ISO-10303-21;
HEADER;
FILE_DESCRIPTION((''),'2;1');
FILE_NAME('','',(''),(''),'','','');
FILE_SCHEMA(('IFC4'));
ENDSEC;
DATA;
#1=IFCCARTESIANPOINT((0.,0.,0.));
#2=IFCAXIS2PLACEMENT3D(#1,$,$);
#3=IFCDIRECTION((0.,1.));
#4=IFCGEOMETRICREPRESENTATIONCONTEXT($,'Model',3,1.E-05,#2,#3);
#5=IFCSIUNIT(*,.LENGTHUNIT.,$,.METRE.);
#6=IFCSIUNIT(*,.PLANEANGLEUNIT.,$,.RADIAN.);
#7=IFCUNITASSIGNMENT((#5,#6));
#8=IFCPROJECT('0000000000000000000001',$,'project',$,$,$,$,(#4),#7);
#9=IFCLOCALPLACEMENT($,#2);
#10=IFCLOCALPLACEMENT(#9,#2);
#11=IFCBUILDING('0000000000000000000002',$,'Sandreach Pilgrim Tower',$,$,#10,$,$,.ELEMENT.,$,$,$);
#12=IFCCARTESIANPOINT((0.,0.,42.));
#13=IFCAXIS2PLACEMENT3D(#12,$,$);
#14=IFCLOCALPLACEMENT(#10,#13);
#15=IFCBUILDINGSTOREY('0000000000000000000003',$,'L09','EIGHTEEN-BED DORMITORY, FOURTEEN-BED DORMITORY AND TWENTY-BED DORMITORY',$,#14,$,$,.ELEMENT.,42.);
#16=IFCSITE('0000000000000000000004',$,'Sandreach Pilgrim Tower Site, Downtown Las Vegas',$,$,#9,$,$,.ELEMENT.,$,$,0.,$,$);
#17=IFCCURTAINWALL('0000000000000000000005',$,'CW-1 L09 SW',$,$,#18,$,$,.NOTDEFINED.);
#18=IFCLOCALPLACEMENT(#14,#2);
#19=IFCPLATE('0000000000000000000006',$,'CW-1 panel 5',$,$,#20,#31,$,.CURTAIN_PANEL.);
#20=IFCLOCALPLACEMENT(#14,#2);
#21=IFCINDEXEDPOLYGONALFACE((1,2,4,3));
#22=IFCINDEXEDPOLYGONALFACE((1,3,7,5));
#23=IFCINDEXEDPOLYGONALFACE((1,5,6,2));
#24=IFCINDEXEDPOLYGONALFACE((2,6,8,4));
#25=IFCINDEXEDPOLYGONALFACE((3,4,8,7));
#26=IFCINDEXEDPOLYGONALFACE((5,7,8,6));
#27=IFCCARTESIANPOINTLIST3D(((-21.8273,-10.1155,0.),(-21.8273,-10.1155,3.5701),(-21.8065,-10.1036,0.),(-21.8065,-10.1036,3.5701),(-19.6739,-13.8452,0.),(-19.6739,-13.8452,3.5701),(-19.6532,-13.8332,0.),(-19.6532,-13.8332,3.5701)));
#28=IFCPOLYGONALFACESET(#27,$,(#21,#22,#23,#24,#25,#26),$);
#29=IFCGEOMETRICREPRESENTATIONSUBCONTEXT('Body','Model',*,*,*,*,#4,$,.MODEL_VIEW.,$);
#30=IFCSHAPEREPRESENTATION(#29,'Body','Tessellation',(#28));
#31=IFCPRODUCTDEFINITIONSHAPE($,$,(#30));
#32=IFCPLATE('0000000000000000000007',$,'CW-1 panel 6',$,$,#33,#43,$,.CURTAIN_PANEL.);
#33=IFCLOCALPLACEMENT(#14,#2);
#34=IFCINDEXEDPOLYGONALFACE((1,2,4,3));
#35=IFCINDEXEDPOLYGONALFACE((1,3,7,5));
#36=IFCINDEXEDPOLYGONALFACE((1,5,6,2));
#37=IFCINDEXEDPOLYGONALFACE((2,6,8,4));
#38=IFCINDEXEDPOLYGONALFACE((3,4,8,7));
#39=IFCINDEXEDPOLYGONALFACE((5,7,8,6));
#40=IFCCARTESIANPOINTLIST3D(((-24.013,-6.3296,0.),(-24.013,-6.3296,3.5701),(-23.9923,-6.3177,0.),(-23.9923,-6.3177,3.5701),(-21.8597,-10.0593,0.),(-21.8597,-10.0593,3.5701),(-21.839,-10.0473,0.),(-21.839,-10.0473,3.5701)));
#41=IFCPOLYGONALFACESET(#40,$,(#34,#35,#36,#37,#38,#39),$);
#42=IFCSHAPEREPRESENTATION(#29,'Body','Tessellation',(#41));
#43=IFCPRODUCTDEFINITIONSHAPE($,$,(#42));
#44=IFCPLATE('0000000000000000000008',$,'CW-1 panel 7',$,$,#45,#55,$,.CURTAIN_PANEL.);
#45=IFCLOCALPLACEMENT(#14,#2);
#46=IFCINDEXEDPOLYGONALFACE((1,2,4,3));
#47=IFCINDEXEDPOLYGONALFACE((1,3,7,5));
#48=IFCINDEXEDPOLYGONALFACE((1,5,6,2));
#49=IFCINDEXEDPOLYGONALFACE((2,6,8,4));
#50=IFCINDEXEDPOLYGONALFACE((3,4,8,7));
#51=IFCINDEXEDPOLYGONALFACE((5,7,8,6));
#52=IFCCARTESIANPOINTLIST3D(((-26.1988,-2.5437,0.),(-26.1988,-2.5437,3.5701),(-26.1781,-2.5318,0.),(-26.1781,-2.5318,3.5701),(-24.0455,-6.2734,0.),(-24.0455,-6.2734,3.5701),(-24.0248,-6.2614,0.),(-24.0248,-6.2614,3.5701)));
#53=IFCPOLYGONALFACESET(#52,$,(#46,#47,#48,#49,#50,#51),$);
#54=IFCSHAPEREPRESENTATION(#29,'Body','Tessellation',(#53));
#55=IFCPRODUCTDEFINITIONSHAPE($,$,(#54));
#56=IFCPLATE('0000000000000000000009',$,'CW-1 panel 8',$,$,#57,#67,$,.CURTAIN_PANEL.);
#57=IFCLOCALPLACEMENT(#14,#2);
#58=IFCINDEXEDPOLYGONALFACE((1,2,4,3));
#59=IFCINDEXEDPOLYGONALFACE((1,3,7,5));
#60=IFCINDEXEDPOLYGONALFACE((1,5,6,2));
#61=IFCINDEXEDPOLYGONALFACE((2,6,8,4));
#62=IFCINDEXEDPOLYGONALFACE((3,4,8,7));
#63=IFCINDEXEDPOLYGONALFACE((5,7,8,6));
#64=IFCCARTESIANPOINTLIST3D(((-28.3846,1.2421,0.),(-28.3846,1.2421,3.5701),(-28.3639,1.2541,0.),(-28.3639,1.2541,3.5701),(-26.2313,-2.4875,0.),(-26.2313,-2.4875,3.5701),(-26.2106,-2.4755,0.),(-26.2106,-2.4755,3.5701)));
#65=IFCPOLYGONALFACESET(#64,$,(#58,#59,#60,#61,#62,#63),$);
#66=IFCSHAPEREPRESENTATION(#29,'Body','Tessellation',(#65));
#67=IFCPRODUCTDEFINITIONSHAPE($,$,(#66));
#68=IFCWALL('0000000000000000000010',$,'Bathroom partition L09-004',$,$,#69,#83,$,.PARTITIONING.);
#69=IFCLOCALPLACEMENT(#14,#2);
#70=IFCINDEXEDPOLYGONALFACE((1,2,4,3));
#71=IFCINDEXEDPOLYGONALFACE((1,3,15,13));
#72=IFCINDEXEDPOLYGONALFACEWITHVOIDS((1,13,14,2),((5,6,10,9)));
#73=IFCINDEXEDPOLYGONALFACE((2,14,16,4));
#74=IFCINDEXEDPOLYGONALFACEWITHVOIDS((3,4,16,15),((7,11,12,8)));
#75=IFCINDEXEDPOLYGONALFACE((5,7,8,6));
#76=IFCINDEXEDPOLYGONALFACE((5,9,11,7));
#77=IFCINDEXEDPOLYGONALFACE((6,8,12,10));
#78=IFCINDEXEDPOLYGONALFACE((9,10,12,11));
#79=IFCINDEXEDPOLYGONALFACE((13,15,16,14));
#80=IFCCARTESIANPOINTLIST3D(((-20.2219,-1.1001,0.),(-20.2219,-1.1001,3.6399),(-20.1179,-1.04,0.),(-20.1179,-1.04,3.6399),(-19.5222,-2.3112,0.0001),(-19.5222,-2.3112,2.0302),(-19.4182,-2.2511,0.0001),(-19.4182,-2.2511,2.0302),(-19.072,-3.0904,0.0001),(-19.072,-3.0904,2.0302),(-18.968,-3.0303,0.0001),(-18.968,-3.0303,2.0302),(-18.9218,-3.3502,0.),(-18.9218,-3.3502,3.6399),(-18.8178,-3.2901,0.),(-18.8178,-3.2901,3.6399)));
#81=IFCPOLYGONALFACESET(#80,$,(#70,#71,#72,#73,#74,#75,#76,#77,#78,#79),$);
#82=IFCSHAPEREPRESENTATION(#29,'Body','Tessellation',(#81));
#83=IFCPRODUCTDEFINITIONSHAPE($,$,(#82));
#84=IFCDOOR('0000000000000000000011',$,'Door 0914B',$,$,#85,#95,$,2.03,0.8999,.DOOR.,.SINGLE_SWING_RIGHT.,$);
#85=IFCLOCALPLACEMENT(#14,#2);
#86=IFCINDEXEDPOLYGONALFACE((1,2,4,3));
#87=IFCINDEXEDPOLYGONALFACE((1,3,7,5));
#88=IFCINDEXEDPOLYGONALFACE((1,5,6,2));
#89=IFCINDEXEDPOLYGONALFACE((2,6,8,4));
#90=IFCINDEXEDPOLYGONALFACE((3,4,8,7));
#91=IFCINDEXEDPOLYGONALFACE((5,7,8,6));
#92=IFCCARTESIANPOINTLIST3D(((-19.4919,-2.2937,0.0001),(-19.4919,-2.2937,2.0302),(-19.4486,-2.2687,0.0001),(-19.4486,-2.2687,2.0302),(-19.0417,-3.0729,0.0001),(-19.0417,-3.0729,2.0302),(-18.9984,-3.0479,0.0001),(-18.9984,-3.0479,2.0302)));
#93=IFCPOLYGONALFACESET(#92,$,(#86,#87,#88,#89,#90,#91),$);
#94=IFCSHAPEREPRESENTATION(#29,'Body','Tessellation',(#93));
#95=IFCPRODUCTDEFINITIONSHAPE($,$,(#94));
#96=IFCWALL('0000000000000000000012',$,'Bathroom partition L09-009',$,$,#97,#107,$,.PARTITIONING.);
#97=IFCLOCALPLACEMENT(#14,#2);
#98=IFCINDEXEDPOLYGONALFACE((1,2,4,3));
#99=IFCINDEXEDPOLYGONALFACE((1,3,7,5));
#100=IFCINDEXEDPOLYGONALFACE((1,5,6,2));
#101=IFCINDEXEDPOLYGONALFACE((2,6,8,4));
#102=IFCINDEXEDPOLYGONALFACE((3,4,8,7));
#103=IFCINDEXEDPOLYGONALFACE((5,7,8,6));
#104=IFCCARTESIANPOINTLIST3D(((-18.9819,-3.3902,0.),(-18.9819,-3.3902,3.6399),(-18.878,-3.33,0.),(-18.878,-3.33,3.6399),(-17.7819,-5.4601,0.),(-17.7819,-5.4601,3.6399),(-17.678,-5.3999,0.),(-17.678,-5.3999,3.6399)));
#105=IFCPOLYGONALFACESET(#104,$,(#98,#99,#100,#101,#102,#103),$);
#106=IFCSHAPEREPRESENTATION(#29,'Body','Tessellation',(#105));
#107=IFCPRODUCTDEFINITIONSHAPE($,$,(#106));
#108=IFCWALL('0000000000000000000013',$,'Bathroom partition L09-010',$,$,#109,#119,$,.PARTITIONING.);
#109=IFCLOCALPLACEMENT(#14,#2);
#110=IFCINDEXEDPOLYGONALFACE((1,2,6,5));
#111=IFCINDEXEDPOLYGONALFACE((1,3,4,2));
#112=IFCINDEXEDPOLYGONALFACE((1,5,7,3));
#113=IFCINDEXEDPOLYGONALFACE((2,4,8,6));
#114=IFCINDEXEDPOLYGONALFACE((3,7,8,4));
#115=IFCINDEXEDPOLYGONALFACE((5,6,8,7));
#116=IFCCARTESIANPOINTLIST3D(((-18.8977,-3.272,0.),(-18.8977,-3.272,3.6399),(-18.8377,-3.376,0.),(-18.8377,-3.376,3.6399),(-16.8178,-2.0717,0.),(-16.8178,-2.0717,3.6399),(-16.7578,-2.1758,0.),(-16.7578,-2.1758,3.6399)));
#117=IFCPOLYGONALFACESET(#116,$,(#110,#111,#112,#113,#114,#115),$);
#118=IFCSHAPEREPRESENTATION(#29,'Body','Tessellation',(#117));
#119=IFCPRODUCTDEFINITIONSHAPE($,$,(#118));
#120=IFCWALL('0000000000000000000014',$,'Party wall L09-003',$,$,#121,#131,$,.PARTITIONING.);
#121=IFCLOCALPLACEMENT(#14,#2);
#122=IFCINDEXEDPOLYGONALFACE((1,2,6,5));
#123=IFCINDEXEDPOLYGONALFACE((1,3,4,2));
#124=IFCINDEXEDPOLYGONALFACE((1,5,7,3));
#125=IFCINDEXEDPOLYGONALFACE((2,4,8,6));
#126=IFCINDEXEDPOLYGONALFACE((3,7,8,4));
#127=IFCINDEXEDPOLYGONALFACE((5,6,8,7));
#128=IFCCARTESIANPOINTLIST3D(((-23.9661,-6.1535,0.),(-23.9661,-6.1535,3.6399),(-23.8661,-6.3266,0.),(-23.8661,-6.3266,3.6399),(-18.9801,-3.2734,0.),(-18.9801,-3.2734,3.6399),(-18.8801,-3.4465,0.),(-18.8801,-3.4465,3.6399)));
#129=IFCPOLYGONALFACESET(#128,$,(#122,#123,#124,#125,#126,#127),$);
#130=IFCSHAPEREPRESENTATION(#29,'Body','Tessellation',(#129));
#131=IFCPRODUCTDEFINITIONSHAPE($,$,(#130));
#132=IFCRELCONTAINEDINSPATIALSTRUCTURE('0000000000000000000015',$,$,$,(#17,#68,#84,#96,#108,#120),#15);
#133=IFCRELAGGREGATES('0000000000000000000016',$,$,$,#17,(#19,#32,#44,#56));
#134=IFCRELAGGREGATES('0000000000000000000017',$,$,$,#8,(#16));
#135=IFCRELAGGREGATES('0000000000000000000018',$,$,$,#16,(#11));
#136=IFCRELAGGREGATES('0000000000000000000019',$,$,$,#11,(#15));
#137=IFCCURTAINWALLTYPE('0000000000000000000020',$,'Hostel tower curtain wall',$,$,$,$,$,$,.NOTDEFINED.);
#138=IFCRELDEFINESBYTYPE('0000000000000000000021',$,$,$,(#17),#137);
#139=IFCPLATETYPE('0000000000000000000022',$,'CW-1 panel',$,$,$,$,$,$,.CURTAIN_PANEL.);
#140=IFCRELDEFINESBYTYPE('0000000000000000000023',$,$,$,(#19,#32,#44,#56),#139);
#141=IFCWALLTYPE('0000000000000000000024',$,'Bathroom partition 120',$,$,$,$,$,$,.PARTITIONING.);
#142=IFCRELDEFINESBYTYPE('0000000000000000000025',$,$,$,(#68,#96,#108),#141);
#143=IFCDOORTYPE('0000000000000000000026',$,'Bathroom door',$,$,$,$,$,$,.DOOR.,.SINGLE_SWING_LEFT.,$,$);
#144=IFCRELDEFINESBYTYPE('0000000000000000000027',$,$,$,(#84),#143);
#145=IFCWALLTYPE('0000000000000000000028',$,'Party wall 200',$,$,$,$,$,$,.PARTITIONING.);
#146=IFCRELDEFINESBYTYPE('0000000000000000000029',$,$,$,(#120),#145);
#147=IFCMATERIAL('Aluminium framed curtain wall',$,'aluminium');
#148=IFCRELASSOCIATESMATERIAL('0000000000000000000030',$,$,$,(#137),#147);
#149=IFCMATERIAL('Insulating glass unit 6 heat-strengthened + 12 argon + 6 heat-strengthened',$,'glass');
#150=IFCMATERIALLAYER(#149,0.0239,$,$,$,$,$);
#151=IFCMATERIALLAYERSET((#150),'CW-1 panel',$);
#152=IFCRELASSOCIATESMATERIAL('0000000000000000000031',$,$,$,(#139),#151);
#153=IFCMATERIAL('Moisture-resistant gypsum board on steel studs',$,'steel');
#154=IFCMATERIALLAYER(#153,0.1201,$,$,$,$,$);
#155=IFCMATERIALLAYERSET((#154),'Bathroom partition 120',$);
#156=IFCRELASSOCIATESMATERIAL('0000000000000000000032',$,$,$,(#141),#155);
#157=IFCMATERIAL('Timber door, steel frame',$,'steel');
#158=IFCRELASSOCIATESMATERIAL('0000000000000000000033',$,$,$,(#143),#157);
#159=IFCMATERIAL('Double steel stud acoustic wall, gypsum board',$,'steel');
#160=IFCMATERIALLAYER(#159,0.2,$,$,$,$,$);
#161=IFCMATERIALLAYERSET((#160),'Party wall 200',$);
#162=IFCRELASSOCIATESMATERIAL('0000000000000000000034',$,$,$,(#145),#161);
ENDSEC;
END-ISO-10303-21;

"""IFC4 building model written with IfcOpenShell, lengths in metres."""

from ifc_helpers import new_model, si_unit, direction, frame, frame_2d, origin, origin_2d, place, context, subcontext, project, spatial, rectangle, extrude, material, layer, layer_set, type_object, element, fill, aggregate, save


model = new_model("IFC4")

# Units and contexts
model_context = context("Model", 3, precision=1e-05, world=origin(), true_north=direction((0.0, 1.0)))
body_context = subcontext(model_context, "Body", "Model", "MODEL_VIEW")
ifc_project = project(units=[si_unit("LENGTHUNIT", "METRE"), si_unit("PLANEANGLEUNIT", "RADIAN")], contexts=[model_context])

# Site, building, storey
site_placement = place(None, origin())
site = spatial("IfcSite", under=ifc_project, at=site_placement, Name="Sandreach Pilgrim Tower Site, Downtown Las Vegas", CompositionType="ELEMENT", RefElevation=0.0)
building_placement = place(site_placement, origin())
building = spatial("IfcBuilding", under=site, at=building_placement, Name="Sandreach Pilgrim Tower", CompositionType="ELEMENT")
storey_placement = place(building_placement, frame((0.0, 0.0, 42.0)))
storey = spatial("IfcBuildingStorey", under=building, at=storey_placement, Name="L09", Description="EIGHTEEN-BED DORMITORY, FOURTEEN-BED DORMITORY AND TWENTY-BED DORMITORY", CompositionType="ELEMENT", Elevation=42.0)

# Curtain wall
ifc_material_1 = material(Name="Aluminium framed curtain wall", Category="aluminium")
curtain_wall_type = type_object("IfcCurtainWallType", Name="Hostel tower curtain wall", PredefinedType="NOTDEFINED", material=ifc_material_1)
curtain_wall_placement = place(storey_placement, origin())
curtain_wall = element("IfcCurtainWall", 1, at=curtain_wall_placement, inside=storey, type_object=curtain_wall_type, Name="CW-1 L09 SW", PredefinedType="NOTDEFINED")

# Plates
ifc_material_2 = material(Name="Insulating glass unit 6 heat-strengthened + 12 argon + 6 heat-strengthened", Category="glass")
ifc_layer_1 = layer(ifc_material_2, 0.0239)
ifc_layer_set_1 = layer_set([ifc_layer_1], Name="CW-1 panel")
plate_type = type_object("IfcPlateType", Name="CW-1 panel", PredefinedType="CURTAIN_PANEL", material=ifc_layer_set_1)
plate_1_placement = place(storey_placement, frame((-20.7402, -11.9744, 0.0), z_axis=(0.0, 0.0, 1.0), x_axis=(-0.5, 0.866025, 0.0)))
plate_1 = element("IfcPlate", 2, at=plate_1_placement, type_object=plate_type, Name="CW-1 panel 5", PredefinedType="CURTAIN_PANEL", context=body_context, shape_type="SweptSolid", body=[
    extrude(rectangle(XDim=4.3066, YDim=0.0239, at=origin_2d()), origin(), (0.0, 0.0, 1.0), 3.5701),
])
plate_2_placement = place(storey_placement, frame((-22.926, -8.1885, 0.0), z_axis=(0.0, 0.0, 1.0), x_axis=(-0.5, 0.866025, 0.0)))
plate_2 = element("IfcPlate", 3, at=plate_2_placement, type_object=plate_type, Name="CW-1 panel 6", PredefinedType="CURTAIN_PANEL", context=body_context, shape_type="SweptSolid", body=[
    extrude(rectangle(XDim=4.3066, YDim=0.0239, at=origin_2d()), origin(), (0.0, 0.0, 1.0), 3.5701),
])
plate_3_placement = place(storey_placement, frame((-25.1118, -4.4026, 0.0), z_axis=(0.0, 0.0, 1.0), x_axis=(-0.5, 0.866025, 0.0)))
plate_3 = element("IfcPlate", 4, at=plate_3_placement, type_object=plate_type, Name="CW-1 panel 7", PredefinedType="CURTAIN_PANEL", context=body_context, shape_type="SweptSolid", body=[
    extrude(rectangle(XDim=4.3066, YDim=0.0239, at=origin_2d()), origin(), (0.0, 0.0, 1.0), 3.5701),
])
plate_4_placement = place(storey_placement, frame((-27.2976, -0.6167, 0.0), z_axis=(0.0, 0.0, 1.0), x_axis=(-0.5, 0.866025, 0.0)))
plate_4 = element("IfcPlate", 5, at=plate_4_placement, type_object=plate_type, Name="CW-1 panel 8", PredefinedType="CURTAIN_PANEL", context=body_context, shape_type="SweptSolid", body=[
    extrude(rectangle(XDim=4.3066, YDim=0.0239, at=origin_2d()), origin(), (0.0, 0.0, 1.0), 3.5701),
])
aggregate(curtain_wall, [plate_1, plate_2, plate_3, plate_4])

# Wall, opening, door
ifc_material_3 = material(Name="Moisture-resistant gypsum board on steel studs", Category="steel")
ifc_layer_2 = layer(ifc_material_3, 0.1201)
ifc_layer_set_2 = layer_set([ifc_layer_2], Name="Bathroom partition 120")
wall_type_1 = type_object("IfcWallType", Name="Bathroom partition 120", PredefinedType="PARTITIONING", material=ifc_layer_set_2)
wall_1_placement = place(storey_placement, frame((-20.1699, -1.0701, 0.0), z_axis=(0.0, 0.0, 1.0), x_axis=(0.500292, -0.865857, 0.0)))
wall_1 = element("IfcWall", 6, at=wall_1_placement, inside=storey, type_object=wall_type_1, Name="Bathroom partition L09-004", PredefinedType="PARTITIONING", context=body_context, shape_type="SweptSolid", body=[
    extrude(rectangle(XDim=2.5986, YDim=0.1201, at=frame_2d((1.2993, 0.0))), origin(), (0.0, 0.0, 1.0), 3.6399),
])
opening_placement = place(wall_1_placement, frame((1.3987, 0.0, 0.0)))
opening = element("IfcOpeningElement", 7, at=opening_placement, cuts=wall_1, PredefinedType="OPENING", context=body_context, shape_type="SweptSolid", body=[
    extrude(rectangle(XDim=0.8999, YDim=2.03, at=frame_2d((0.45, 1.0151))), frame((0.0, 0.0601, 0.0), z_axis=(0.0, -1.0, 0.0), x_axis=(1.0, 0.0, 0.0)), (0.0, 0.0, 1.0), 0.1201),
])
ifc_material_4 = material(Name="Timber door, steel frame", Category="steel")
door_type = type_object("IfcDoorType", Name="Bathroom door", OperationType="SINGLE_SWING_LEFT", PredefinedType="DOOR", material=ifc_material_4)
door_placement = place(opening_placement, origin())
door = element("IfcDoor", 8, at=door_placement, inside=storey, type_object=door_type, Name="Door 0914B", OperationType="SINGLE_SWING_RIGHT", OverallHeight=2.03, OverallWidth=0.8999, PredefinedType="DOOR", context=body_context, shape_type="SweptSolid", body=[
    extrude(rectangle(XDim=0.8999, YDim=2.03, at=frame_2d((0.45, 1.0151))), frame((0.0, 0.0249, 0.0), z_axis=(0.0, -1.0, 0.0), x_axis=(1.0, 0.0, 0.0)), (0.0, 0.0, 1.0), 0.05),
])
fill(opening, door)

# Walls
wall_2_placement = place(storey_placement, frame((-18.9299, -3.3601, 0.0), z_axis=(0.0, 0.0, 1.0), x_axis=(0.501547, -0.86513, 0.0)))
element("IfcWall", 9, at=wall_2_placement, inside=storey, type_object=wall_type_1, Name="Bathroom partition L09-009", PredefinedType="PARTITIONING", context=body_context, shape_type="SweptSolid", body=[
    extrude(rectangle(XDim=2.3926, YDim=0.1201, at=frame_2d((1.1963, 0.0))), origin(), (0.0, 0.0, 1.0), 3.6399),
])
wall_3_placement = place(storey_placement, frame((-18.8677, -3.324, 0.0), z_axis=(0.0, 0.0, 1.0), x_axis=(0.866133, 0.499813, 0.0)))
element("IfcWall", 10, at=wall_3_placement, inside=storey, type_object=wall_type_1, Name="Bathroom partition L09-010", PredefinedType="PARTITIONING", context=body_context, shape_type="SweptSolid", body=[
    extrude(rectangle(XDim=2.4014, YDim=0.1201, at=frame_2d((1.2007, 0.0))), origin(), (0.0, 0.0, 1.0), 3.6399),
])
ifc_material_5 = material(Name="Double steel stud acoustic wall, gypsum board", Category="steel")
ifc_layer_3 = layer(ifc_material_5, 0.2)
ifc_layer_set_3 = layer_set([ifc_layer_3], Name="Party wall 200")
wall_type_2 = type_object("IfcWallType", Name="Party wall 200", PredefinedType="PARTITIONING", material=ifc_layer_set_3)
wall_4_placement = place(storey_placement, frame((-23.916, -6.24, 0.0), z_axis=(0.0, 0.0, 1.0), x_axis=(0.865919, 0.500184, 0.0)))
element("IfcWall", 11, at=wall_4_placement, inside=storey, type_object=wall_type_2, Name="Party wall L09-003", PredefinedType="PARTITIONING", context=body_context, shape_type="SweptSolid", body=[
    extrude(rectangle(XDim=5.7581, YDim=0.2, at=frame_2d((2.8789, 0.0))), origin(), (0.0, 0.0, 1.0), 3.6399),
])

save(model, "model.ifc")
